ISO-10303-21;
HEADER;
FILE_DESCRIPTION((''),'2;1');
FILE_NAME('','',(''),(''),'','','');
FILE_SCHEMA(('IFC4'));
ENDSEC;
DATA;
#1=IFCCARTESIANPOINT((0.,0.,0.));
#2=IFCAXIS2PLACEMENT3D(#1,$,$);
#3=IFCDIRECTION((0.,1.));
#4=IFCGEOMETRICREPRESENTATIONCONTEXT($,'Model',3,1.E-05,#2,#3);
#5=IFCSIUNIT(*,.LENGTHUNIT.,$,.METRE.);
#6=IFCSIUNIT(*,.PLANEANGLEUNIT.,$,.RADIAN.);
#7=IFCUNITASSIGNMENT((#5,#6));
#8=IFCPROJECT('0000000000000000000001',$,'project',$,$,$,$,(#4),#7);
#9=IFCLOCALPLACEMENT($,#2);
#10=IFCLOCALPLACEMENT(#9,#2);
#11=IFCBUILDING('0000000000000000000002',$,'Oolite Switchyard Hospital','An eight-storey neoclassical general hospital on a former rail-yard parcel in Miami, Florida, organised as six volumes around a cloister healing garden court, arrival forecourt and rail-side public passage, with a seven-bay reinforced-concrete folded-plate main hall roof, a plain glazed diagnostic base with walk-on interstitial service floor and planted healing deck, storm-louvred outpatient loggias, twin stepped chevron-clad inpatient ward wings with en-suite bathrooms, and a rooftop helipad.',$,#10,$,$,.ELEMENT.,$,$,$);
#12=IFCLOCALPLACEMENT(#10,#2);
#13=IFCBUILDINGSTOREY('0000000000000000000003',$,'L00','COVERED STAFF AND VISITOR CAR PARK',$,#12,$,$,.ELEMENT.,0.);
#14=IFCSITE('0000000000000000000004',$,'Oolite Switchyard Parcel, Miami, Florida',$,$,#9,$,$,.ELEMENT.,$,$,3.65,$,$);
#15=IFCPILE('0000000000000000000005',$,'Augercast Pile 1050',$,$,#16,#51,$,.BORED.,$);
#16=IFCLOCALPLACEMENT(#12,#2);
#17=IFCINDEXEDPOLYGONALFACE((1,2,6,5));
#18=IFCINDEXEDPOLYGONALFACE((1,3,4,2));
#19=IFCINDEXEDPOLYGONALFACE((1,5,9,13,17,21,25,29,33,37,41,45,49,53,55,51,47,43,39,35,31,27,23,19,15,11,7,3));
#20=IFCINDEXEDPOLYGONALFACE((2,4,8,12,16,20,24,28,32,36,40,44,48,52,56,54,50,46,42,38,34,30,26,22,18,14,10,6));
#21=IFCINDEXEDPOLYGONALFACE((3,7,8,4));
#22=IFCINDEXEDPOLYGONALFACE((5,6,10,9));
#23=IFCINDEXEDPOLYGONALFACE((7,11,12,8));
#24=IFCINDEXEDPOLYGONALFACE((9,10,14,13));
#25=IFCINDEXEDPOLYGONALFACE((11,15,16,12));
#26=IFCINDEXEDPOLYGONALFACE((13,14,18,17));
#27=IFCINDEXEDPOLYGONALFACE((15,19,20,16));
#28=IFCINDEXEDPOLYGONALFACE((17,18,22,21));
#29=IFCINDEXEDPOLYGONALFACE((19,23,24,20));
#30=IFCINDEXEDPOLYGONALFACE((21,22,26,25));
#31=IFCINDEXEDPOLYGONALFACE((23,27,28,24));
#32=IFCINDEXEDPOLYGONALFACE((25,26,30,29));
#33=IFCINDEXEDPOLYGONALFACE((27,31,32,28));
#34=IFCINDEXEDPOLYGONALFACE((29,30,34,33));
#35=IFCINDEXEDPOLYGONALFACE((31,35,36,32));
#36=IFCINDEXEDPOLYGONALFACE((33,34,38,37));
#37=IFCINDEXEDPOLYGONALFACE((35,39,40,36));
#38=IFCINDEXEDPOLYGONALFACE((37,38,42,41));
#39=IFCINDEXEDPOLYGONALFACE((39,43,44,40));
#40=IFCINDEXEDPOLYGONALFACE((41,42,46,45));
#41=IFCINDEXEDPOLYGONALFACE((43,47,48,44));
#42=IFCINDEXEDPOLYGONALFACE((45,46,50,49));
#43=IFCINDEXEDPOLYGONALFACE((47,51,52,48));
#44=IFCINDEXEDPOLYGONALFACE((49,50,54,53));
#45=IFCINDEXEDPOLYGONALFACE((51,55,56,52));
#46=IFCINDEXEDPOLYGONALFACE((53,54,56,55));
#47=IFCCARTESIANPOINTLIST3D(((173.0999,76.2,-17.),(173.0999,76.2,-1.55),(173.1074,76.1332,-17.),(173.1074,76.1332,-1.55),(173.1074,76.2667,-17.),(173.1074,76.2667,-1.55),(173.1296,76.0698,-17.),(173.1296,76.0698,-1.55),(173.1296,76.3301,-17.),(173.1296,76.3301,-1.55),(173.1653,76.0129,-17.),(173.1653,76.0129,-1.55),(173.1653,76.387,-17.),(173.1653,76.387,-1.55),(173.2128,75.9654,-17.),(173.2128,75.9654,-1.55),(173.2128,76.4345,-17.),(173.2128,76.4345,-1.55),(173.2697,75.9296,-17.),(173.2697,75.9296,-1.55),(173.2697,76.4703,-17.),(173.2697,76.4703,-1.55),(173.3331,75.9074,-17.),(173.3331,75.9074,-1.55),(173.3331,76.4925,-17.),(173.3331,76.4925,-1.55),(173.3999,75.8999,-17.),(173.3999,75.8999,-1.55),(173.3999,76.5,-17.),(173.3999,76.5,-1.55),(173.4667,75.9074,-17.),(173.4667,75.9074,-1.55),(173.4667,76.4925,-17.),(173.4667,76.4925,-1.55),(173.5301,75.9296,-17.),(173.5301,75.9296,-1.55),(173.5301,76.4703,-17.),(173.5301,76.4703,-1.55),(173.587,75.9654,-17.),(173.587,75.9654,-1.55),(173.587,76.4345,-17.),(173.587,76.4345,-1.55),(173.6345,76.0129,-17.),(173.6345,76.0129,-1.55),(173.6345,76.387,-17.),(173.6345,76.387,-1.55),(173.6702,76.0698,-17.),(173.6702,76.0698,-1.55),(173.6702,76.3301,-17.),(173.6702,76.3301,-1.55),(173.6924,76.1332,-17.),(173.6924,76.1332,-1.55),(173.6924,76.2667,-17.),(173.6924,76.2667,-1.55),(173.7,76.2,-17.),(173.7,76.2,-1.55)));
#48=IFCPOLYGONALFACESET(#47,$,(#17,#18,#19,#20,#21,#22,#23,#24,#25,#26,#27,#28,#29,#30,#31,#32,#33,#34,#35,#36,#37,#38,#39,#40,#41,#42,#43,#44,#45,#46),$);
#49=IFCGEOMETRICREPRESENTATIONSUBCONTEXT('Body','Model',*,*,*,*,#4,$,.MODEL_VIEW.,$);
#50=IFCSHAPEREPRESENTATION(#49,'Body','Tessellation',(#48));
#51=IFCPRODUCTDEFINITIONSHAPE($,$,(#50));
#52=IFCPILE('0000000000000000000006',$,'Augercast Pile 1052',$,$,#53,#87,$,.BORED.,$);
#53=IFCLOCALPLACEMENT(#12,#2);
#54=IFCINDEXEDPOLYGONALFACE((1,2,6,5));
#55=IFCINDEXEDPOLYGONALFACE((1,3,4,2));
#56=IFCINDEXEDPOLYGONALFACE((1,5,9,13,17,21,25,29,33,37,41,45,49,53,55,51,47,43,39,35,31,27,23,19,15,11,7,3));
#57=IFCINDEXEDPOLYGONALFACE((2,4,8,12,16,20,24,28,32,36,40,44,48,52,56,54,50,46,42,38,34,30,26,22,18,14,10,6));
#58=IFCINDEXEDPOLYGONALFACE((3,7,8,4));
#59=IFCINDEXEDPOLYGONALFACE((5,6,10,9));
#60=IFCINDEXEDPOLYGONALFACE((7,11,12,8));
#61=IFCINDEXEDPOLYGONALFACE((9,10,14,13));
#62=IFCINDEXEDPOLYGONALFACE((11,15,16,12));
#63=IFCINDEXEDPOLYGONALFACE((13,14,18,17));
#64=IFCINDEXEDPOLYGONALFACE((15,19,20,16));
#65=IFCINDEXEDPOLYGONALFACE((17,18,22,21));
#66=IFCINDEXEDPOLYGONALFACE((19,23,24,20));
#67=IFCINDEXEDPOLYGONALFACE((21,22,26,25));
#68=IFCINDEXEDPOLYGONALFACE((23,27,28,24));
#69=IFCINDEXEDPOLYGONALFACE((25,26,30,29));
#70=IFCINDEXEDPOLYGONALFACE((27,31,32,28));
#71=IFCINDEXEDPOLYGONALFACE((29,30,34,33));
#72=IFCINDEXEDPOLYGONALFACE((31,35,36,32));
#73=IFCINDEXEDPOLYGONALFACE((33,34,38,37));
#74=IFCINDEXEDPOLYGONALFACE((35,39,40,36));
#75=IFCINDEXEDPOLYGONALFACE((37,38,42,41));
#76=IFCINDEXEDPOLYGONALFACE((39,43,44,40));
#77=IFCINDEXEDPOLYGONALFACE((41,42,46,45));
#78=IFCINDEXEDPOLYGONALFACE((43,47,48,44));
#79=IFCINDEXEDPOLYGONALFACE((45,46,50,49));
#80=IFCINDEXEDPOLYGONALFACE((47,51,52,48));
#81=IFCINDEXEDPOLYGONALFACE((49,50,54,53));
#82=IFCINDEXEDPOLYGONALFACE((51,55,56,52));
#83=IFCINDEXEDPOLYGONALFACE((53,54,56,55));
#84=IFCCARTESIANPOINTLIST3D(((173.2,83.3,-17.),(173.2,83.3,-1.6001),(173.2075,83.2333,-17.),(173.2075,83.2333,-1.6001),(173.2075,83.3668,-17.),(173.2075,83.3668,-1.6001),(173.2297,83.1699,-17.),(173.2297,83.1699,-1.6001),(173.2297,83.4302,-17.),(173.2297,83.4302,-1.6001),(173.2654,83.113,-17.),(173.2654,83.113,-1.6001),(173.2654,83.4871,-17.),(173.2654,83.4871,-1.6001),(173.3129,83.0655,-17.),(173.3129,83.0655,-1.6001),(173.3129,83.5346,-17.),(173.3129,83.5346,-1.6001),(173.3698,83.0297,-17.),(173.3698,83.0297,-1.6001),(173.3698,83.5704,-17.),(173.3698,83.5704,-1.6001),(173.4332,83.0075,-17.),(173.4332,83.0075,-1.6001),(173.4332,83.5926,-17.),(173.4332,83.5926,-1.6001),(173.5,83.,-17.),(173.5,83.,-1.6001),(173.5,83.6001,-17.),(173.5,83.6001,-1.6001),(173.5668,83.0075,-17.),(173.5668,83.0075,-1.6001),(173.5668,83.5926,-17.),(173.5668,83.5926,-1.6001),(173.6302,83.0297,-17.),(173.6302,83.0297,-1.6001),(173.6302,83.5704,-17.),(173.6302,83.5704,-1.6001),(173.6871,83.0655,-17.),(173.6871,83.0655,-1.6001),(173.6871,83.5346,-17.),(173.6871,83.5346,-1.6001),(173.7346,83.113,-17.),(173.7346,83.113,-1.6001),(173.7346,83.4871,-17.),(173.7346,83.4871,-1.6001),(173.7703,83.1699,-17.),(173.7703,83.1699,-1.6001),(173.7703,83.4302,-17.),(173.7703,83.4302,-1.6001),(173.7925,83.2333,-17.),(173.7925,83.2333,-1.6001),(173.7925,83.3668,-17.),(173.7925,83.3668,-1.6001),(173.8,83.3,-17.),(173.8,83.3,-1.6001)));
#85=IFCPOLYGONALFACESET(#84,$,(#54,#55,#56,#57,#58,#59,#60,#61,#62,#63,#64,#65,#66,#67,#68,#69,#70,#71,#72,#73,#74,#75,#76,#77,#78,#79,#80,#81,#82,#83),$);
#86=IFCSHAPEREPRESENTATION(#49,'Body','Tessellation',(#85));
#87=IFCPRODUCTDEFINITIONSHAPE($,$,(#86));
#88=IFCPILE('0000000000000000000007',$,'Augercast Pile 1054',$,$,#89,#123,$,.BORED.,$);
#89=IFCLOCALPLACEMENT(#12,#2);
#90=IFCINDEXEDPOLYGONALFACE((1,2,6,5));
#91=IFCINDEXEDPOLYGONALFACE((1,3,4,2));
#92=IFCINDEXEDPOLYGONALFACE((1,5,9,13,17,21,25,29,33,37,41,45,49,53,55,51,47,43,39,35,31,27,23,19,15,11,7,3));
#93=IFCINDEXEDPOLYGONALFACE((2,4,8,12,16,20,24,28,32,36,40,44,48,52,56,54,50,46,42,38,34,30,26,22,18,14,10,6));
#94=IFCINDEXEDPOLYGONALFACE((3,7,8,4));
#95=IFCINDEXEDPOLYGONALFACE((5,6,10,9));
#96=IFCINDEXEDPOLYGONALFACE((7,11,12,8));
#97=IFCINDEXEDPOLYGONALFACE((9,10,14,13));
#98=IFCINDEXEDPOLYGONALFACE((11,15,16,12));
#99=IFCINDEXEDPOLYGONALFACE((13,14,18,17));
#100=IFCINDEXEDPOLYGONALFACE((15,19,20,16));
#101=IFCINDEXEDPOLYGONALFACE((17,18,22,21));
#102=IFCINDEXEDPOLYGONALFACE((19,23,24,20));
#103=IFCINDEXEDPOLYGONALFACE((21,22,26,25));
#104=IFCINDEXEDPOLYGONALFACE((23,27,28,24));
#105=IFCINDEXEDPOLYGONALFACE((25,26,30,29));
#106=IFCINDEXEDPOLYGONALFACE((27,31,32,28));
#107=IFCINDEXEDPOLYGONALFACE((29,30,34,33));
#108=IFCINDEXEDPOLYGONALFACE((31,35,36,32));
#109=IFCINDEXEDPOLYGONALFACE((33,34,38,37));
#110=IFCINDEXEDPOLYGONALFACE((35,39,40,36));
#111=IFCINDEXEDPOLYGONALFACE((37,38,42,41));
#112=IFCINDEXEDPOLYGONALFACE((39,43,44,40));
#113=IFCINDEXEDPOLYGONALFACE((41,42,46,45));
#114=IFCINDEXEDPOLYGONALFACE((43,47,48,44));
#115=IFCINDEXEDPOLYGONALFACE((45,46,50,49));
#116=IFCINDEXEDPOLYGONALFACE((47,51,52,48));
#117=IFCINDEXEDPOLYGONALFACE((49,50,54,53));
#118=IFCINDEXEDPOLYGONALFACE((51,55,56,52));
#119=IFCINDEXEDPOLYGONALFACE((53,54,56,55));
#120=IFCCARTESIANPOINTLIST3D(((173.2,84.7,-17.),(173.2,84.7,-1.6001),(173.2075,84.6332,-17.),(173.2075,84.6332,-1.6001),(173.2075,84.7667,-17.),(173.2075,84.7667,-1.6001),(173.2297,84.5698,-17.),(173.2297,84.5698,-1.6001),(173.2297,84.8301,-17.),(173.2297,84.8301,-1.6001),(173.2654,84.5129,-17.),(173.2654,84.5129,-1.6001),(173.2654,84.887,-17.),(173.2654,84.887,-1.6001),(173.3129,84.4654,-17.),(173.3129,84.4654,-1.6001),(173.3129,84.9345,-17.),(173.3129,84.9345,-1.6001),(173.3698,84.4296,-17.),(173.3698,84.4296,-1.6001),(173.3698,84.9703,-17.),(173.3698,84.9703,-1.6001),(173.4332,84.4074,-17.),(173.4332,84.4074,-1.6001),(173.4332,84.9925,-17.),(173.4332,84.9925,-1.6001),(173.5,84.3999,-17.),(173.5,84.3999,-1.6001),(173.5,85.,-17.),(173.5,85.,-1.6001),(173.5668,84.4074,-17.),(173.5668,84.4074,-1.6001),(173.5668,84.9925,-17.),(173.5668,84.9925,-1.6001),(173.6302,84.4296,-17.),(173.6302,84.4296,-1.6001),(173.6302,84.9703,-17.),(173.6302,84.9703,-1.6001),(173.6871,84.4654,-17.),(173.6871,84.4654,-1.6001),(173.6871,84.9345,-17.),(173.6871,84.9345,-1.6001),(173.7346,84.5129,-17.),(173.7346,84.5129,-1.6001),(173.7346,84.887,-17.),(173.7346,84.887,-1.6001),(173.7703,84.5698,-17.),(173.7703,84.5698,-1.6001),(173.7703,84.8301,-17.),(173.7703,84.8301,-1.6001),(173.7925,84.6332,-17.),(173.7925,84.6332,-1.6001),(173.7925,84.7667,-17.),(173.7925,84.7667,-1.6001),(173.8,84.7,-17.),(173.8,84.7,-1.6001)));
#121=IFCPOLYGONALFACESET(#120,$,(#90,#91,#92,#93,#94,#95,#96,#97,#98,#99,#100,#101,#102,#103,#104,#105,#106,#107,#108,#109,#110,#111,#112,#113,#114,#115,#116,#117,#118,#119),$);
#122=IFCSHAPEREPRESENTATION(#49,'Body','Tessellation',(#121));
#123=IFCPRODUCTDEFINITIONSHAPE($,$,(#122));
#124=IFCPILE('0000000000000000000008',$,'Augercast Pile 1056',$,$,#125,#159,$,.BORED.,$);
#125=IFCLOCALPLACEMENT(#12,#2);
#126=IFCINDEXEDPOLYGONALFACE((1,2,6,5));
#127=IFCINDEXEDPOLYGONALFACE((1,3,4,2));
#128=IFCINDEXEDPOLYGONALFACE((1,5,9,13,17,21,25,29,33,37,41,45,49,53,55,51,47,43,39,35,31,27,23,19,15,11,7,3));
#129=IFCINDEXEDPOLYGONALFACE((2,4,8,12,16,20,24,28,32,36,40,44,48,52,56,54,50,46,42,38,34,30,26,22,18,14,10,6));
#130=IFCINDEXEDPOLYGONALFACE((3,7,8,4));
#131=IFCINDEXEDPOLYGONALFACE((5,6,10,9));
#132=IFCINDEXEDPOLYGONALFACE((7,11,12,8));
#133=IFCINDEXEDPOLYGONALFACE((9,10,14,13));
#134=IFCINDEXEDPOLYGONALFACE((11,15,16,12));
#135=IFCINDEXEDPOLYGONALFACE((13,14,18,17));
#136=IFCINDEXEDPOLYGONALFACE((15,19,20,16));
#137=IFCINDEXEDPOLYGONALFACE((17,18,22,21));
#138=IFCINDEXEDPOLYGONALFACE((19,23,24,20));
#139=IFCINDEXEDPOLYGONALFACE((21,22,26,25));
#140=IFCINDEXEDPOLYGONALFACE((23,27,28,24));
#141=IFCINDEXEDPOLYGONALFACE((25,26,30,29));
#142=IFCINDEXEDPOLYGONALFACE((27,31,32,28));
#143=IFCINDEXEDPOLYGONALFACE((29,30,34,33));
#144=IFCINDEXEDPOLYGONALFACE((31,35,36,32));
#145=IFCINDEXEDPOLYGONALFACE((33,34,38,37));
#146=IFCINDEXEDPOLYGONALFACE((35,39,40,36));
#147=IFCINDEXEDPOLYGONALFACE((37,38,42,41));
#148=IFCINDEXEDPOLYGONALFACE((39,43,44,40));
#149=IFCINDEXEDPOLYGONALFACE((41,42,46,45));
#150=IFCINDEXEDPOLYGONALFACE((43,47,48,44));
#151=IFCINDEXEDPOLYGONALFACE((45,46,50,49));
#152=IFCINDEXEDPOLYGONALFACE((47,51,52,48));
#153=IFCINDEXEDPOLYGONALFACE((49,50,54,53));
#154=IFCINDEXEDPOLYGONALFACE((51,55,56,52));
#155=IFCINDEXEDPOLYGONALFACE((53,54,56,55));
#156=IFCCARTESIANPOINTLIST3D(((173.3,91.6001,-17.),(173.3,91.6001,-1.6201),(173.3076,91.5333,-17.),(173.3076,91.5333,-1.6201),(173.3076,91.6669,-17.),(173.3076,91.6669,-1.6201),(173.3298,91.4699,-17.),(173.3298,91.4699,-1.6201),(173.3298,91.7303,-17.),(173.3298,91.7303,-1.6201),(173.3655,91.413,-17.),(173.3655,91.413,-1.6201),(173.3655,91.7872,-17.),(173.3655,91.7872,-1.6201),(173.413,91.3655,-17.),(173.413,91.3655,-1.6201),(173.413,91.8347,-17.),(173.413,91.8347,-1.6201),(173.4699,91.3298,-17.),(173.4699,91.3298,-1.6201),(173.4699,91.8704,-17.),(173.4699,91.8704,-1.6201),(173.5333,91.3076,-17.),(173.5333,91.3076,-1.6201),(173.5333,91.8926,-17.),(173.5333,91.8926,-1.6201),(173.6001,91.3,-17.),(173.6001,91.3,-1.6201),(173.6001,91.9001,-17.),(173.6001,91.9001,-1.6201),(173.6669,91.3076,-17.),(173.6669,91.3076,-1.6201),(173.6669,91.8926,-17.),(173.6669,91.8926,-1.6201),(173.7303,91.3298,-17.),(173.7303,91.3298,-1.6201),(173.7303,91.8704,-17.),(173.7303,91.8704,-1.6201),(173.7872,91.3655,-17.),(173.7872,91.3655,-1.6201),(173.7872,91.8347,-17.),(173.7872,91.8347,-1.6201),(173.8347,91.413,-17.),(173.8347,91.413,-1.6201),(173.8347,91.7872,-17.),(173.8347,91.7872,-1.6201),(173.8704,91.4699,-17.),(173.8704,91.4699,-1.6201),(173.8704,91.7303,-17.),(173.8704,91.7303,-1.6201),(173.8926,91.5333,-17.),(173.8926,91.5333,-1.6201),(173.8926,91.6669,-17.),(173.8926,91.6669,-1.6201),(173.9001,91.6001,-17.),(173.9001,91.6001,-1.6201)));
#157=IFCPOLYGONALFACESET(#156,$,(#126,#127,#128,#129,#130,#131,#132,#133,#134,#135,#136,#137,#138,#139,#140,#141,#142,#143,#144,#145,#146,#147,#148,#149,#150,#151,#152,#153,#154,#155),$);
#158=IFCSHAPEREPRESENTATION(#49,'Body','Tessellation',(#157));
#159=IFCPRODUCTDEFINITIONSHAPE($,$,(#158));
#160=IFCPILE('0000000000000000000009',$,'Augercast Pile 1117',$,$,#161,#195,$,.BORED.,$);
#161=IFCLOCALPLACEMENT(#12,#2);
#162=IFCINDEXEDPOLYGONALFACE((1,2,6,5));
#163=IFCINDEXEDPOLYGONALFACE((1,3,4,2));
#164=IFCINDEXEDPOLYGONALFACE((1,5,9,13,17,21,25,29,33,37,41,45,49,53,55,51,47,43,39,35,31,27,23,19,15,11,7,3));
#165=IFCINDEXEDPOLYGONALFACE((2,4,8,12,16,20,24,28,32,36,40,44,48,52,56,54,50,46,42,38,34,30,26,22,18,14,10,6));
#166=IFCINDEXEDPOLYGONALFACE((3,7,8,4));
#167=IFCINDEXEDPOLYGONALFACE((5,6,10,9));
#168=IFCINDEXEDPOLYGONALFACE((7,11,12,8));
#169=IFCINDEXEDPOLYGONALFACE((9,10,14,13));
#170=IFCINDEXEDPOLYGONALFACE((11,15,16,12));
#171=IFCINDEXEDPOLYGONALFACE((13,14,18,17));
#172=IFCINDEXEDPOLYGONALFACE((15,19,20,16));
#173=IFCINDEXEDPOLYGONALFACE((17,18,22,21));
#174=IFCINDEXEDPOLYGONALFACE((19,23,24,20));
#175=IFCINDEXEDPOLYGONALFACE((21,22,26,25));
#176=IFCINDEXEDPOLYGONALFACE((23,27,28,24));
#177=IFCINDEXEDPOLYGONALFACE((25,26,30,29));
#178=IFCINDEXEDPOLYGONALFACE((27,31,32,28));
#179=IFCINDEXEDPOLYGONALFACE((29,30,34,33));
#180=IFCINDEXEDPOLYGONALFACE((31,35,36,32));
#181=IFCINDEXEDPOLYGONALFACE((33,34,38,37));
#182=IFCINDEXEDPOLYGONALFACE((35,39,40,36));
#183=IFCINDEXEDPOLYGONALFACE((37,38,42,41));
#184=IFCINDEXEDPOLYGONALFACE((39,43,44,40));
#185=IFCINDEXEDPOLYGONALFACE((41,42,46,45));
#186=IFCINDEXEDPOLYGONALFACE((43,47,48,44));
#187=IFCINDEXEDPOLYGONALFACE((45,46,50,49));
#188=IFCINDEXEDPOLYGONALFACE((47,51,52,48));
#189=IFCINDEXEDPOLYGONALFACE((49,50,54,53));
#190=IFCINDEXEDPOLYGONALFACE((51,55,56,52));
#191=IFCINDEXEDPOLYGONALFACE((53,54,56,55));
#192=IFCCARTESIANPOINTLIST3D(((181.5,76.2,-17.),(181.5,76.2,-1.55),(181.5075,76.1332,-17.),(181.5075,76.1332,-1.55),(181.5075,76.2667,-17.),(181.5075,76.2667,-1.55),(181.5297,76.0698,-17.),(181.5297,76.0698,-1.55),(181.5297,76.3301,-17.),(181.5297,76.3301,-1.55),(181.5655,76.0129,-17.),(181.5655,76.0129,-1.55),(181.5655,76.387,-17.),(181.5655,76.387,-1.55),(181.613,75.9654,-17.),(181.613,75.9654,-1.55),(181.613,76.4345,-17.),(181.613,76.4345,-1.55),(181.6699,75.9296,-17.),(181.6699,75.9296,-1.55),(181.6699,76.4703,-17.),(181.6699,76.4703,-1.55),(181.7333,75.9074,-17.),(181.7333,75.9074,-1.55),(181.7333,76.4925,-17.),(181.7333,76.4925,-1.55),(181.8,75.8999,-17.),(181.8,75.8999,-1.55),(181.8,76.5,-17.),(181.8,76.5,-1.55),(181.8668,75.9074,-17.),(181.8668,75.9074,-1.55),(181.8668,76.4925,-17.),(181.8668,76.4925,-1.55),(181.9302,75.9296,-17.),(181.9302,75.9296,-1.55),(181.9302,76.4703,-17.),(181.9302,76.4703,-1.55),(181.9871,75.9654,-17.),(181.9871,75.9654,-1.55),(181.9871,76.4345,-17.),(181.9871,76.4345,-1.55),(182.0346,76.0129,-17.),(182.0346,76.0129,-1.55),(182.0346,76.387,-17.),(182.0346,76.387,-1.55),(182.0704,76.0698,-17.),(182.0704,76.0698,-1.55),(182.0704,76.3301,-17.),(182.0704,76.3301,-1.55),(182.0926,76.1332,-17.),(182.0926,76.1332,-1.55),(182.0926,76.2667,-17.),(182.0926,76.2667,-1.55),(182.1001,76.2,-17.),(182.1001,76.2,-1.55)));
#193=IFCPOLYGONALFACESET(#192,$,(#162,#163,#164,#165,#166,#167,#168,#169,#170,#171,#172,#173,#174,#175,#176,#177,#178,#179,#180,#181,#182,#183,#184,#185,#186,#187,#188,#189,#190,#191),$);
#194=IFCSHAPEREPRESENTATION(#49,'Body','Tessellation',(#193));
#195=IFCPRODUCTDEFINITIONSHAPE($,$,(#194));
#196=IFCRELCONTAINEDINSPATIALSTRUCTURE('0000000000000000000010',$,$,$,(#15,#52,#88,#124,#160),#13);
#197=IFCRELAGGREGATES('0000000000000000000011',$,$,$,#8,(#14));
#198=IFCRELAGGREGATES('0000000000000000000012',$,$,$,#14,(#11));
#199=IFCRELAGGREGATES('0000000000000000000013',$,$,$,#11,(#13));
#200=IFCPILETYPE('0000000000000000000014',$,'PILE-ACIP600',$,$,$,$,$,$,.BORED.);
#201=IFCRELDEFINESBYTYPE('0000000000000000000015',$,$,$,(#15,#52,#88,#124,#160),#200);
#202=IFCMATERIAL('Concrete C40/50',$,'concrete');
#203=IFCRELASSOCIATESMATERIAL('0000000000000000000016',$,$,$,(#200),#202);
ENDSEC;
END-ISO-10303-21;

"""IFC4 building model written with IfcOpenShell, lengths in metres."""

from ifc_helpers import new_model, si_unit, direction, frame, origin, origin_2d, place, context, subcontext, project, spatial, circle, extrude, material, material_profile, profile_set, type_object, element, save


model = new_model("IFC4")

# Units and contexts
model_context = context("Model", 3, precision=1e-05, world=origin(), true_north=direction((0.0, 1.0)))
body_context = subcontext(model_context, "Body", "Model", "MODEL_VIEW")
ifc_project = project(units=[si_unit("LENGTHUNIT", "METRE"), si_unit("PLANEANGLEUNIT", "RADIAN")], contexts=[model_context])

# Site, building, storey
site_placement = place(None, origin())
site = spatial("IfcSite", under=ifc_project, at=site_placement, Name="Oolite Switchyard Parcel, Miami, Florida", CompositionType="ELEMENT", RefElevation=3.65)
building_placement = place(site_placement, origin())
building = spatial("IfcBuilding", under=site, at=building_placement, Name="Oolite Switchyard Hospital", Description="An eight-storey neoclassical general hospital on a former rail-yard parcel in Miami, Florida, organised as six volumes around a cloister healing garden court, arrival forecourt and rail-side public passage, with a seven-bay reinforced-concrete folded-plate main hall roof, a plain glazed diagnostic base with walk-on interstitial service floor and planted healing deck, storm-louvred outpatient loggias, twin stepped chevron-clad inpatient ward wings with en-suite bathrooms, and a rooftop helipad.", CompositionType="ELEMENT")
storey_placement = place(building_placement, origin())
storey = spatial("IfcBuildingStorey", under=building, at=storey_placement, Name="L00", Description="COVERED STAFF AND VISITOR CAR PARK", CompositionType="ELEMENT", Elevation=0.0)

# Piles
ifc_material_1 = material(Name="Concrete C40/50", Category="concrete")
ifc_material_profile_1 = material_profile(ifc_material_1, circle(Radius=0.3, at=origin_2d()), Name="PILE600")
ifc_profile_set_1 = profile_set([ifc_material_profile_1], Name="Concrete C40/50")
pile_type = type_object("IfcPileType", Name="PILE-ACIP600", PredefinedType="BORED", material=ifc_profile_set_1)
pile_1_placement = place(storey_placement, frame((173.3999, 76.2, -1.55), z_axis=(0.0, 0.0, -1.0), x_axis=(1.0, 0.0, 0.0)))
element("IfcPile", 1, at=pile_1_placement, inside=storey, type_object=pile_type, Name="Augercast Pile 1050", PredefinedType="BORED", context=body_context, shape_type="SweptSolid", body=[
    extrude(circle(Radius=0.3, at=origin_2d()), origin(), (0.0, 0.0, 1.0), 15.45),
])
for number, where, z_axis, x_axis, name in (
    (2, (173.5, 83.3, -1.6001), (0.0, 0.0, -1.0), (1.0, 0.0, 0.0), "Augercast Pile 1052"),
    (3, (173.5, 84.7, -1.6001), (0.0, 0.0, -1.0), (1.0, 0.0, 0.0), "Augercast Pile 1054"),
):
    element("IfcPile", number, at=place(storey_placement, frame(where, z_axis=z_axis, x_axis=x_axis)), inside=storey, type_object=pile_type, Name=name, PredefinedType="BORED", context=body_context, shape_type="SweptSolid", body=[
        extrude(circle(Radius=0.3, at=origin_2d()), origin(), (0.0, 0.0, 1.0), 15.3999),
    ])
pile_2_placement = place(storey_placement, frame((173.6001, 91.6001, -1.6201), z_axis=(0.0, 0.0, -1.0), x_axis=(1.0, 0.0, 0.0)))
element("IfcPile", 4, at=pile_2_placement, inside=storey, type_object=pile_type, Name="Augercast Pile 1056", PredefinedType="BORED", context=body_context, shape_type="SweptSolid", body=[
    extrude(circle(Radius=0.3, at=origin_2d()), origin(), (0.0, 0.0, 1.0), 15.3799),
])
for number, where, z_axis, x_axis, name in (
    (5, (181.8, 76.2, -1.55), (0.0, 0.0, -1.0), (1.0, 0.0, 0.0), "Augercast Pile 1117"),
):
    element("IfcPile", number, at=place(storey_placement, frame(where, z_axis=z_axis, x_axis=x_axis)), inside=storey, type_object=pile_type, Name=name, PredefinedType="BORED", context=body_context, shape_type="SweptSolid", body=[
        extrude(circle(Radius=0.3, at=origin_2d()), origin(), (0.0, 0.0, 1.0), 15.45),
    ])

save(model, "model.ifc")
